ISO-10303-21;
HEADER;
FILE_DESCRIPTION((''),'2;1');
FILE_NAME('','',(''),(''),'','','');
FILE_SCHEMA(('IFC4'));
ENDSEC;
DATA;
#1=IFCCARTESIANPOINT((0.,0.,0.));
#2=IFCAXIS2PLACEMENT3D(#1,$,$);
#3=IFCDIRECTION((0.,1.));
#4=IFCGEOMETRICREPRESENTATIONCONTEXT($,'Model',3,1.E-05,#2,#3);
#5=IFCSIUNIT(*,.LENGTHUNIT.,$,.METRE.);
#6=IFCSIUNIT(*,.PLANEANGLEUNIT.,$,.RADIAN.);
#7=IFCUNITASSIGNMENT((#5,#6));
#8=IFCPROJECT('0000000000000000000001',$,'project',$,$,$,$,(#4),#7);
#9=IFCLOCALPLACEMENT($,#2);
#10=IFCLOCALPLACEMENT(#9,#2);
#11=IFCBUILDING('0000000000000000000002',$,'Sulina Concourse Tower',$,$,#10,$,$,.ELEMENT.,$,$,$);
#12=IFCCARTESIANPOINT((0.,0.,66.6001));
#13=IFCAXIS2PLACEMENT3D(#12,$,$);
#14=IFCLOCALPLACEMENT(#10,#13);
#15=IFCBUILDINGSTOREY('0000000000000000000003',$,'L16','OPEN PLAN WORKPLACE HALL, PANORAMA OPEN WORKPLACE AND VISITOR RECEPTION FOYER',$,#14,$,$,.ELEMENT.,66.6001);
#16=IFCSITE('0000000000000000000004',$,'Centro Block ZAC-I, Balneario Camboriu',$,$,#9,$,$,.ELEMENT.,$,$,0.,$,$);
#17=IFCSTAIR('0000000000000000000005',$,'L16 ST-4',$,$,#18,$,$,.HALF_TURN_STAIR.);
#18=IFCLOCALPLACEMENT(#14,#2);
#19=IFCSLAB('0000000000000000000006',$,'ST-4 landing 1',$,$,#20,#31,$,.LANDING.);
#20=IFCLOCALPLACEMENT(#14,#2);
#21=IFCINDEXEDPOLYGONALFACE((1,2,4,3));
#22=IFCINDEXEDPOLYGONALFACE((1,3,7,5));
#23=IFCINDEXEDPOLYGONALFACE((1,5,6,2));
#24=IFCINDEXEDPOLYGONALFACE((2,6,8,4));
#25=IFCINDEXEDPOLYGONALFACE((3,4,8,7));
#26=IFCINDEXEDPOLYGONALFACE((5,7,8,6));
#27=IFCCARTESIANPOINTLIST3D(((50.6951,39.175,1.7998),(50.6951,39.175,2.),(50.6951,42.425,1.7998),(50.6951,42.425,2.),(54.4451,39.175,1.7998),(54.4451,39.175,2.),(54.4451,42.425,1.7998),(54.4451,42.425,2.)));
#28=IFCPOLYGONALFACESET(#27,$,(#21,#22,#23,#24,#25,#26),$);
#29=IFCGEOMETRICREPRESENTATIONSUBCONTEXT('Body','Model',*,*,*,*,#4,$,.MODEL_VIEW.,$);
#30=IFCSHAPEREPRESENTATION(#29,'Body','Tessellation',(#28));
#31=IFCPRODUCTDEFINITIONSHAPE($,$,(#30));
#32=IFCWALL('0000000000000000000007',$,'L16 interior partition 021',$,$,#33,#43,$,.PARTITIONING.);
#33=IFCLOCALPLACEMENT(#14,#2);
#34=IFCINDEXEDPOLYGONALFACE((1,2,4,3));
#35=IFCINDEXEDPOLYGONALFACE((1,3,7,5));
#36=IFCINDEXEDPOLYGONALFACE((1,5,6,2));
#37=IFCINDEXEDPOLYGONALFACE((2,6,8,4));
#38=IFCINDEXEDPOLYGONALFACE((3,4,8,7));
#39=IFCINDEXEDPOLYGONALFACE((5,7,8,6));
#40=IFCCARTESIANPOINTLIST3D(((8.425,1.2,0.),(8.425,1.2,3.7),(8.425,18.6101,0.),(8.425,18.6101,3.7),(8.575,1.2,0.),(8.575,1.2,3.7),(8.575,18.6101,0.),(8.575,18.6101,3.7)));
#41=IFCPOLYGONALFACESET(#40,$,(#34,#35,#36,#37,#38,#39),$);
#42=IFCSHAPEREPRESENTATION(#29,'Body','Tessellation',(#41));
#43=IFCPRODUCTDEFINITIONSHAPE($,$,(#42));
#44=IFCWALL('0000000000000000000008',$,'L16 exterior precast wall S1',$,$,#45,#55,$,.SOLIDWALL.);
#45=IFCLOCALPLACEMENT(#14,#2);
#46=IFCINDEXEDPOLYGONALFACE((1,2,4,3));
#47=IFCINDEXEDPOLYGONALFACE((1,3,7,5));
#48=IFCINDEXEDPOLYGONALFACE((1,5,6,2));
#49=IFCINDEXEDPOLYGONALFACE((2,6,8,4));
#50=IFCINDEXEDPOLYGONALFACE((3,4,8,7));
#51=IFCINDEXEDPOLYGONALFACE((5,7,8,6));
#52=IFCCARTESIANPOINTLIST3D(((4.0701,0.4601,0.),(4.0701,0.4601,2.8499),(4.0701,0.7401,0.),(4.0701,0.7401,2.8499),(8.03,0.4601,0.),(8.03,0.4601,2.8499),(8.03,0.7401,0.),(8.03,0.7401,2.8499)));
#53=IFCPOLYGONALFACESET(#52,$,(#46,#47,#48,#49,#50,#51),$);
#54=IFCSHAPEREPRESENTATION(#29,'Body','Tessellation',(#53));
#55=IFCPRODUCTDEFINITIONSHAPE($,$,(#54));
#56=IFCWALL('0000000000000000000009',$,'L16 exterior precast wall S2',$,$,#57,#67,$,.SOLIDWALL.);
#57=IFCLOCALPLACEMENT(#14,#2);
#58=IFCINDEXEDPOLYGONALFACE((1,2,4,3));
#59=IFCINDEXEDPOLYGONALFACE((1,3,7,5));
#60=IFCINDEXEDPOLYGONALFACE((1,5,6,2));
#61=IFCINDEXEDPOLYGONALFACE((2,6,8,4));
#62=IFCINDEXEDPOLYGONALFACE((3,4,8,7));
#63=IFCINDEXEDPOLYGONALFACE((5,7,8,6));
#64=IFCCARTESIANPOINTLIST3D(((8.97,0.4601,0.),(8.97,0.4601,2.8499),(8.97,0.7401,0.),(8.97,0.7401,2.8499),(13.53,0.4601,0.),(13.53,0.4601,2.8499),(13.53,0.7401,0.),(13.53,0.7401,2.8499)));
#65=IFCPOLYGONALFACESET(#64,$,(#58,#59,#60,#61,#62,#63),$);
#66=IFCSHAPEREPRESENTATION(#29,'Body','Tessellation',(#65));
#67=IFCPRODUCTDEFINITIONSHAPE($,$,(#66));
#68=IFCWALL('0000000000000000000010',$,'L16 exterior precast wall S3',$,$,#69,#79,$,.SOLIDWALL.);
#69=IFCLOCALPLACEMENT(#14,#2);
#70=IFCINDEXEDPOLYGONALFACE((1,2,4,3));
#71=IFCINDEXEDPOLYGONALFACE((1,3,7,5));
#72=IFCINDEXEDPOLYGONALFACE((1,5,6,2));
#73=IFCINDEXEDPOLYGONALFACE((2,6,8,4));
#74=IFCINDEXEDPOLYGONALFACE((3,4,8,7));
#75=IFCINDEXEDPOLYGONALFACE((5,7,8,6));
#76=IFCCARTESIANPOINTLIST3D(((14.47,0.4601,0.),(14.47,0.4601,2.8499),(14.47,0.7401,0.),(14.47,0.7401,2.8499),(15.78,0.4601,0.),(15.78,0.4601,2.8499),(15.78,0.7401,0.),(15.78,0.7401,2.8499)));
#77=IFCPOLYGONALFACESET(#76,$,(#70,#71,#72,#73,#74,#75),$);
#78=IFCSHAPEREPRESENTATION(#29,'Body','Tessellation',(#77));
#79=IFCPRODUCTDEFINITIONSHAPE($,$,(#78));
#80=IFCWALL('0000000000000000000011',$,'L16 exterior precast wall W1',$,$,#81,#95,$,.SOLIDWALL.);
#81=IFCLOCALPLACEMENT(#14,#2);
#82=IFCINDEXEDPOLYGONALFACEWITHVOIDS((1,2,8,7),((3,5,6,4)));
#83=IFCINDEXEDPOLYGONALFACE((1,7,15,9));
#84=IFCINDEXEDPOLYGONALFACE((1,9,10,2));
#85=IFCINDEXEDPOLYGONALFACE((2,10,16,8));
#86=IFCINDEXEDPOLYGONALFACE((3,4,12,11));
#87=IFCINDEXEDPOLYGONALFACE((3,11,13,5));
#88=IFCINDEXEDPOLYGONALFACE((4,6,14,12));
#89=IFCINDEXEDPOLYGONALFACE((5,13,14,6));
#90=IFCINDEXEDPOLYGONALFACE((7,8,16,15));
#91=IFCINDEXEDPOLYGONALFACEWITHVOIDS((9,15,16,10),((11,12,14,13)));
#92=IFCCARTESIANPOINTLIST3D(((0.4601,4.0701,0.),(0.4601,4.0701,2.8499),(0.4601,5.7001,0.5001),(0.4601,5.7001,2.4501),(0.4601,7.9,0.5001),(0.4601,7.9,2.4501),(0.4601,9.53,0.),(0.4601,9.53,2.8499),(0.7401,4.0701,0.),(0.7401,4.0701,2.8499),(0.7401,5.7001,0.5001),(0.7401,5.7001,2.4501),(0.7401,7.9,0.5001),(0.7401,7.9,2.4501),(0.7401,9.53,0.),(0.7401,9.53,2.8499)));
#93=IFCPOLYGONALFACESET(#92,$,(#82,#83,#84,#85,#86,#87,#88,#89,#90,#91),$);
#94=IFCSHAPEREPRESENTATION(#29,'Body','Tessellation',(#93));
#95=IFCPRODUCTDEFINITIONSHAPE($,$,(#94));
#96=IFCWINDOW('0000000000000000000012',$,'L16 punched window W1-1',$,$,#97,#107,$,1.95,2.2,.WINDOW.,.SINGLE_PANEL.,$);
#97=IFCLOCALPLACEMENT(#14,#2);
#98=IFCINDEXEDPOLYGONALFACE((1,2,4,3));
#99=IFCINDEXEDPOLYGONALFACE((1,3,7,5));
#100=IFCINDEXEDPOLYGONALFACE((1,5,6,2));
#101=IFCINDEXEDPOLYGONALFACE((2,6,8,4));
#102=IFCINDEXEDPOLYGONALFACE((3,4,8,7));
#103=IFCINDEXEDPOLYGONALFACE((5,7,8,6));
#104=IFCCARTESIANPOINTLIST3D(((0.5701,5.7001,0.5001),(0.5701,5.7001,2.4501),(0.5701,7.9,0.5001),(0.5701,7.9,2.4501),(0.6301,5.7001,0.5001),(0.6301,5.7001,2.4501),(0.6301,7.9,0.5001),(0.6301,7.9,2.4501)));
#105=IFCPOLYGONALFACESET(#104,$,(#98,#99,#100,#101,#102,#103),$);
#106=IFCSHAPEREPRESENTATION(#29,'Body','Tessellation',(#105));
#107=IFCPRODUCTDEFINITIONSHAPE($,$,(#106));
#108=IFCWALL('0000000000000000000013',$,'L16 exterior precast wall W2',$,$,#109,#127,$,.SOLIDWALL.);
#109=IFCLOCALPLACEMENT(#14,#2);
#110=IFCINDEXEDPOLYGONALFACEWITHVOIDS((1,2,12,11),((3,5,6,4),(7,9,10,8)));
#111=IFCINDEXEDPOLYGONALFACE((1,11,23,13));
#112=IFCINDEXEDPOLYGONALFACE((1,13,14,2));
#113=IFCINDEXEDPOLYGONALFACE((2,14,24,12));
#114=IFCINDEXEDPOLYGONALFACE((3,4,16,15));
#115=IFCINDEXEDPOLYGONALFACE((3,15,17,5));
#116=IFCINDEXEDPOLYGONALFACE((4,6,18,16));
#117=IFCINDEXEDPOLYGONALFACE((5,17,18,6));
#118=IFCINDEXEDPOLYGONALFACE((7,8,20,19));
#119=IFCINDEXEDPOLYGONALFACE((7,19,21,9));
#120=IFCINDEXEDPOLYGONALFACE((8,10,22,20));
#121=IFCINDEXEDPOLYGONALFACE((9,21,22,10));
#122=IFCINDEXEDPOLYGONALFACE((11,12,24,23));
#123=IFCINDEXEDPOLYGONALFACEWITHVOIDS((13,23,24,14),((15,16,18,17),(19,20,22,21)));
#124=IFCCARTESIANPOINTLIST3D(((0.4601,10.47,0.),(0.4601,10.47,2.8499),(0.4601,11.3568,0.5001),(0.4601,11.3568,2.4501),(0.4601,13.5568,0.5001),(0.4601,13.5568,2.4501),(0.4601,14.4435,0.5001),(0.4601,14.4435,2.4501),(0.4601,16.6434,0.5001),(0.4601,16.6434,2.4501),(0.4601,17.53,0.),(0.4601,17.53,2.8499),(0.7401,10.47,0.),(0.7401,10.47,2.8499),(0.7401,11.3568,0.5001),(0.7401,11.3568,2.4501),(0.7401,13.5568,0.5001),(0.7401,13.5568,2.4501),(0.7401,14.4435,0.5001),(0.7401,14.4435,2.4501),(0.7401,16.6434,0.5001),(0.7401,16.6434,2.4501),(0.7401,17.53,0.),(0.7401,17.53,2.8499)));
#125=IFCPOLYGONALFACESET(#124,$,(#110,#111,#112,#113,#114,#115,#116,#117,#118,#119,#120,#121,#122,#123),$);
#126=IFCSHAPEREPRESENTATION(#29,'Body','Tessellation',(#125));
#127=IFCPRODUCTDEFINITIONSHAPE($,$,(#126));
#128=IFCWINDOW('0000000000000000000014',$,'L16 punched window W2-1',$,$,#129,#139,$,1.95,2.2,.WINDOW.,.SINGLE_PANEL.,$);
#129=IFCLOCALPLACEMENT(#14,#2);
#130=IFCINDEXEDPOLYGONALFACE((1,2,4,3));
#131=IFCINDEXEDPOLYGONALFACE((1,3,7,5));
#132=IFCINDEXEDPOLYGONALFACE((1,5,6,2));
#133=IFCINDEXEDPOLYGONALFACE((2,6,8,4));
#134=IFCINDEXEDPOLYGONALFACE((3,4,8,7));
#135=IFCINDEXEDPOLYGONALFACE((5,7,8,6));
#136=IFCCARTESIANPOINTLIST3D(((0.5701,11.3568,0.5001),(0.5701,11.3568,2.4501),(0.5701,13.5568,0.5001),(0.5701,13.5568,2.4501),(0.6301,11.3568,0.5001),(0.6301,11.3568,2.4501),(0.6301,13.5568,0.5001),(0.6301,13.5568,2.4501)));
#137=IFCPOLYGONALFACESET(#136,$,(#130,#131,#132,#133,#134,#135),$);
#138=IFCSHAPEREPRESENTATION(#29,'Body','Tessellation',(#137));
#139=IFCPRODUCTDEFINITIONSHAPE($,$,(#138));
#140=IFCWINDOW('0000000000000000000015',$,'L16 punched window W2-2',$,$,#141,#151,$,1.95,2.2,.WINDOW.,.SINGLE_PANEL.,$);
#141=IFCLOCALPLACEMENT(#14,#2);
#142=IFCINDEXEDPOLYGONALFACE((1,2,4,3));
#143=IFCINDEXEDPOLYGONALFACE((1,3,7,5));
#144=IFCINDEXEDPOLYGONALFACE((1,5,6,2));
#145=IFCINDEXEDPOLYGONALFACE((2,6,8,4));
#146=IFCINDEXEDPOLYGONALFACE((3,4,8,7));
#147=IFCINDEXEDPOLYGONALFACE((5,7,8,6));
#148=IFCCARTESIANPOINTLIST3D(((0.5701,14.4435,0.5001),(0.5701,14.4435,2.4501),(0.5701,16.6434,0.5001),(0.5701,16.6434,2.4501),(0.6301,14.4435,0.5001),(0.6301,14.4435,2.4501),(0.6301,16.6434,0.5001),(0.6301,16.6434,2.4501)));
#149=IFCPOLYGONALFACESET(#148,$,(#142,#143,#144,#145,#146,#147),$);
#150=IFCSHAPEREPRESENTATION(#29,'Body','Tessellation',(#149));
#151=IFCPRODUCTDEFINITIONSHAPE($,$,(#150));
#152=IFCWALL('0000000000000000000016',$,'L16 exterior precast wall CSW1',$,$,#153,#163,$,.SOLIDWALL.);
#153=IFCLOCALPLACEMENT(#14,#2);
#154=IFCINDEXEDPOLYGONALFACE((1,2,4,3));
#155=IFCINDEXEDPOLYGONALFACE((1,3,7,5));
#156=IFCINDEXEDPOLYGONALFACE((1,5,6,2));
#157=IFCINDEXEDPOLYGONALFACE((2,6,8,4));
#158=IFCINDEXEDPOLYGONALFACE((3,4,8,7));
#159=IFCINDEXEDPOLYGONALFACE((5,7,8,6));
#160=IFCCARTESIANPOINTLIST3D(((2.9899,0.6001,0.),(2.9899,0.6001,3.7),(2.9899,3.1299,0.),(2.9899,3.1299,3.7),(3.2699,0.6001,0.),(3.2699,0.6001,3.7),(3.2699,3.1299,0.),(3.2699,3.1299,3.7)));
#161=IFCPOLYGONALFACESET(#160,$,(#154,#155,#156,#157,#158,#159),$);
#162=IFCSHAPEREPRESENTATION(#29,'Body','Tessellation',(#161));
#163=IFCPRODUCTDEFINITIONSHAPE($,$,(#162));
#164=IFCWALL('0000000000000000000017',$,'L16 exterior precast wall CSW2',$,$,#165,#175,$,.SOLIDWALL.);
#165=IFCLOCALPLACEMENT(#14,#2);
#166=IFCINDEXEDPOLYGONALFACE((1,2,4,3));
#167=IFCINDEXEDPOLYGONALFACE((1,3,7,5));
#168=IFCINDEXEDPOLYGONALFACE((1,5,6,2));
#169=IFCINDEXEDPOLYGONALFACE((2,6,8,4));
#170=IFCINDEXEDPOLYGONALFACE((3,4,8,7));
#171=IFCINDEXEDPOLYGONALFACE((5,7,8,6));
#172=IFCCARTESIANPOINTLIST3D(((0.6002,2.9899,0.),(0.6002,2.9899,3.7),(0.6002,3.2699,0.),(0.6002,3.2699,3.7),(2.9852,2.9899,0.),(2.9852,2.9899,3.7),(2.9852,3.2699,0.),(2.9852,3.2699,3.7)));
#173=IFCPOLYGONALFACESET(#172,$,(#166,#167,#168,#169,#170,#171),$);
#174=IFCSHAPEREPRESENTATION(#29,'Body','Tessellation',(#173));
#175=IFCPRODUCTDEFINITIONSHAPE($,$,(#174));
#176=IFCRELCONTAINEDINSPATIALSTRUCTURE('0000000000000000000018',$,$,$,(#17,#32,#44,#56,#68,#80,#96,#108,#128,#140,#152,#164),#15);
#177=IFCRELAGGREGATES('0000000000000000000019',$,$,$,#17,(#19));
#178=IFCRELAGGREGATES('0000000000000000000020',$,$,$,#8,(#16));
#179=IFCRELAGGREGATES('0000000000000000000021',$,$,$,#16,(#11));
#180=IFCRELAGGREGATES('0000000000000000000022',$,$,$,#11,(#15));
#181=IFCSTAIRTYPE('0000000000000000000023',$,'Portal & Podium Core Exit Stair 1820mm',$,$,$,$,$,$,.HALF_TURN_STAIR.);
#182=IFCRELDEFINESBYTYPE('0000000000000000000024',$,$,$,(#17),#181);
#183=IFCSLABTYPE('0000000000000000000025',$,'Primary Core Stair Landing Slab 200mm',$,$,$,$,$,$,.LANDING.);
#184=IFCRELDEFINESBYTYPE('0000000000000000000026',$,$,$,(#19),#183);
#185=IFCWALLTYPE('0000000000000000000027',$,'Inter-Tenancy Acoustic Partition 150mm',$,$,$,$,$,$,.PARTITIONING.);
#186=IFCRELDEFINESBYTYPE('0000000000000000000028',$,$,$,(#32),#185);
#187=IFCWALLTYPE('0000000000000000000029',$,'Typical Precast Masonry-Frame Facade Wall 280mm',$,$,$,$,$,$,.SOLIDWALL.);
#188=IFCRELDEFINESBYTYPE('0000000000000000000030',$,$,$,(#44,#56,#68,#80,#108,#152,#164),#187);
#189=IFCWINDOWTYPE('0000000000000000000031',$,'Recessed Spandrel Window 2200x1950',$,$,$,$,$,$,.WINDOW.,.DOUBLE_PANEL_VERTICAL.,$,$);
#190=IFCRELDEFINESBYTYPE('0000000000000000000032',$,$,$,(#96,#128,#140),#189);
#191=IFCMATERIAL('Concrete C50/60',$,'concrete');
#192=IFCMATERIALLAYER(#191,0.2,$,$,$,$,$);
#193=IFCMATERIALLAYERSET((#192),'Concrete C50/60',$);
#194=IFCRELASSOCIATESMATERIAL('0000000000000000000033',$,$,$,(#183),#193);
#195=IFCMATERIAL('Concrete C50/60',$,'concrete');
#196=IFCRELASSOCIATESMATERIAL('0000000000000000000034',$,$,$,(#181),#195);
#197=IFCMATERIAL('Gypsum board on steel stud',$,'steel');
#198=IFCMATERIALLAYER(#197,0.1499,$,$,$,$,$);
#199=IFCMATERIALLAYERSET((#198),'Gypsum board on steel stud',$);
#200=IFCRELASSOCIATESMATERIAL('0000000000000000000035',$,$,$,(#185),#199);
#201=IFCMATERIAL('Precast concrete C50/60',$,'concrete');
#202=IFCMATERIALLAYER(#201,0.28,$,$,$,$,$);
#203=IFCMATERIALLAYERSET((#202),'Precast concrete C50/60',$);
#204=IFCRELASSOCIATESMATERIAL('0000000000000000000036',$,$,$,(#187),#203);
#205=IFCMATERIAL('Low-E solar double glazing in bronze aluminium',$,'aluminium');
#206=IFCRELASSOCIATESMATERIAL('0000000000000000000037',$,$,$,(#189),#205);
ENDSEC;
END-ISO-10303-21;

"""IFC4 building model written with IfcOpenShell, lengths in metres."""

from ifc_helpers import new_model, si_unit, direction, frame, frame_2d, origin, place, context, subcontext, project, spatial, polyline, rectangle, outline, extrude, material, layer, layer_set, type_object, element, fill, aggregate, save


model = new_model("IFC4")

# Units and contexts
model_context = context("Model", 3, precision=1e-05, world=origin(), true_north=direction((0.0, 1.0)))
body_context = subcontext(model_context, "Body", "Model", "MODEL_VIEW")
ifc_project = project(units=[si_unit("LENGTHUNIT", "METRE"), si_unit("PLANEANGLEUNIT", "RADIAN")], contexts=[model_context])

# Site, building, storey
site_placement = place(None, origin())
site = spatial("IfcSite", under=ifc_project, at=site_placement, Name="Centro Block ZAC-I, Balneario Camboriu", CompositionType="ELEMENT", RefElevation=0.0)
building_placement = place(site_placement, origin())
building = spatial("IfcBuilding", under=site, at=building_placement, Name="Sulina Concourse Tower", CompositionType="ELEMENT")
storey_placement = place(building_placement, frame((0.0, 0.0, 66.6001)))
storey = spatial("IfcBuildingStorey", under=building, at=storey_placement, Name="L16", Description="OPEN PLAN WORKPLACE HALL, PANORAMA OPEN WORKPLACE AND VISITOR RECEPTION FOYER", CompositionType="ELEMENT", Elevation=66.6001)

# Shared definitions
ifc_material_1 = material(Name="Concrete C50/60", Category="concrete")
ifc_layer_1 = layer(ifc_material_1, 0.2)
ifc_layer_set_1 = layer_set([ifc_layer_1], Name="Concrete C50/60")
slab_type_1 = type_object("IfcSlabType", Name="Primary Core Stair Landing Slab 200mm", PredefinedType="LANDING", material=ifc_layer_set_1)

# Stair, slab
ifc_material_2 = material(Name="Concrete C50/60", Category="concrete")
stair_type_1 = type_object("IfcStairType", Name="Portal & Podium Core Exit Stair 1820mm", PredefinedType="HALF_TURN_STAIR", material=ifc_material_2)
stair_1_placement = place(storey_placement, origin())
stair_1 = element("IfcStair", 1, at=stair_1_placement, inside=storey, type_object=stair_type_1, Name="L16 ST-4", PredefinedType="HALF_TURN_STAIR")
slab_1_placement = place(storey_placement, frame((0.0, 0.0, 1.7998)))
slab_1 = element("IfcSlab", 2, at=slab_1_placement, type_object=slab_type_1, Name="ST-4 landing 1", PredefinedType="LANDING", context=body_context, shape_type="SweptSolid", body=[
    extrude(outline(polyline([(54.4451, 39.175), (54.4451, 42.425), (50.6951, 42.425), (50.6951, 39.175), (54.4451, 39.175)])), origin(), (0.0, 0.0, 1.0), 0.2002),
])
aggregate(stair_1, [slab_1])

# Walls
ifc_material_3 = material(Name="Gypsum board on steel stud", Category="steel")
ifc_layer_2 = layer(ifc_material_3, 0.1499)
ifc_layer_set_2 = layer_set([ifc_layer_2], Name="Gypsum board on steel stud")
wall_type_1 = type_object("IfcWallType", Name="Inter-Tenancy Acoustic Partition 150mm", PredefinedType="PARTITIONING", material=ifc_layer_set_2)
wall_1_placement = place(storey_placement, frame((8.5, 1.2, 0.0), z_axis=(0.0, 0.0, 1.0), x_axis=(0.0, 1.0, 0.0)))
element("IfcWall", 3, at=wall_1_placement, inside=storey, type_object=wall_type_1, Name="L16 interior partition 021", PredefinedType="PARTITIONING", context=body_context, shape_type="SweptSolid", body=[
    extrude(rectangle(XDim=17.4102, YDim=0.1499, at=frame_2d((8.7051, 0.0))), origin(), (0.0, 0.0, 1.0), 3.7),
])
ifc_material_4 = material(Name="Precast concrete C50/60", Category="concrete")
ifc_layer_3 = layer(ifc_material_4, 0.28)
ifc_layer_set_3 = layer_set([ifc_layer_3], Name="Precast concrete C50/60")
wall_type_2 = type_object("IfcWallType", Name="Typical Precast Masonry-Frame Facade Wall 280mm", PredefinedType="SOLIDWALL", material=ifc_layer_set_3)
wall_2_placement = place(storey_placement, frame((8.03, 0.6001, 0.0), z_axis=(0.0, 0.0, 1.0), x_axis=(-1.0, 0.0, 0.0)))
element("IfcWall", 4, at=wall_2_placement, inside=storey, type_object=wall_type_2, Name="L16 exterior precast wall S1", PredefinedType="SOLIDWALL", context=body_context, shape_type="SweptSolid", body=[
    extrude(rectangle(XDim=3.96, YDim=0.28, at=frame_2d((1.98, 0.0))), origin(), (0.0, 0.0, 1.0), 2.8499),
])
wall_3_placement = place(storey_placement, frame((13.53, 0.6001, 0.0), z_axis=(0.0, 0.0, 1.0), x_axis=(-1.0, 0.0, 0.0)))
element("IfcWall", 5, at=wall_3_placement, inside=storey, type_object=wall_type_2, Name="L16 exterior precast wall S2", PredefinedType="SOLIDWALL", context=body_context, shape_type="SweptSolid", body=[
    extrude(rectangle(XDim=4.5601, YDim=0.28, at=frame_2d((2.28, 0.0))), origin(), (0.0, 0.0, 1.0), 2.8499),
])
wall_4_placement = place(storey_placement, frame((15.78, 0.6001, 0.0), z_axis=(0.0, 0.0, 1.0), x_axis=(-1.0, 0.0, 0.0)))
element("IfcWall", 6, at=wall_4_placement, inside=storey, type_object=wall_type_2, Name="L16 exterior precast wall S3", PredefinedType="SOLIDWALL", context=body_context, shape_type="SweptSolid", body=[
    extrude(rectangle(XDim=1.3101, YDim=0.28, at=frame_2d((0.655, 0.0))), origin(), (0.0, 0.0, 1.0), 2.8499),
])

# Wall, opening, window
wall_5_placement = place(storey_placement, frame((0.6001, 4.0701, 0.0), z_axis=(0.0, 0.0, 1.0), x_axis=(0.0, 1.0, 0.0)))
wall_5 = element("IfcWall", 7, at=wall_5_placement, inside=storey, type_object=wall_type_2, Name="L16 exterior precast wall W1", PredefinedType="SOLIDWALL", context=body_context, shape_type="SweptSolid", body=[
    extrude(rectangle(XDim=5.46, YDim=0.28, at=frame_2d((2.73, 0.0))), origin(), (0.0, 0.0, 1.0), 2.8499),
])
opening_1_placement = place(wall_5_placement, frame((1.6299, 0.0, 0.5)))
opening_1 = element("IfcOpeningElement", 8, at=opening_1_placement, cuts=wall_5, PredefinedType="OPENING", context=body_context, shape_type="SweptSolid", body=[
    extrude(rectangle(XDim=2.2, YDim=1.95, at=frame_2d((1.1001, 0.9751))), frame((0.0, 0.1499, 0.0), z_axis=(0.0, -1.0, 0.0), x_axis=(1.0, 0.0, 0.0)), (0.0, 0.0, 1.0), 0.3),
])
ifc_material_5 = material(Name="Low-E solar double glazing in bronze aluminium", Category="aluminium")
window_type = type_object("IfcWindowType", Name="Recessed Spandrel Window 2200x1950", PartitioningType="DOUBLE_PANEL_VERTICAL", PredefinedType="WINDOW", material=ifc_material_5)
window_1_placement = place(opening_1_placement, origin())
window_1 = element("IfcWindow", 9, at=window_1_placement, inside=storey, type_object=window_type, Name="L16 punched window W1-1", OverallHeight=1.95, OverallWidth=2.2, PartitioningType="SINGLE_PANEL", PredefinedType="WINDOW", context=body_context, shape_type="SweptSolid", body=[
    extrude(rectangle(XDim=2.2, YDim=1.95, at=frame_2d((1.1001, 0.9751))), frame((0.0, 0.03, 0.0), z_axis=(0.0, -1.0, 0.0), x_axis=(1.0, 0.0, 0.0)), (0.0, 0.0, 1.0), 0.0601),
])
fill(opening_1, window_1)

# Wall, openings, windows
wall_6_placement = place(storey_placement, frame((0.6001, 10.47, 0.0), z_axis=(0.0, 0.0, 1.0), x_axis=(0.0, 1.0, 0.0)))
wall_6 = element("IfcWall", 10, at=wall_6_placement, inside=storey, type_object=wall_type_2, Name="L16 exterior precast wall W2", PredefinedType="SOLIDWALL", context=body_context, shape_type="SweptSolid", body=[
    extrude(rectangle(XDim=7.0601, YDim=0.28, at=frame_2d((3.53, 0.0))), origin(), (0.0, 0.0, 1.0), 2.8499),
])
opening_2_placement = place(wall_6_placement, frame((0.8867, 0.0, 0.5)))
opening_2 = element("IfcOpeningElement", 11, at=opening_2_placement, cuts=wall_6, PredefinedType="OPENING", context=body_context, shape_type="SweptSolid", body=[
    extrude(rectangle(XDim=2.2, YDim=1.95, at=frame_2d((1.1001, 0.9751))), frame((0.0, 0.1499, 0.0), z_axis=(0.0, -1.0, 0.0), x_axis=(1.0, 0.0, 0.0)), (0.0, 0.0, 1.0), 0.3),
])
opening_3_placement = place(wall_6_placement, frame((3.9734, 0.0, 0.5)))
opening_3 = element("IfcOpeningElement", 12, at=opening_3_placement, cuts=wall_6, PredefinedType="OPENING", context=body_context, shape_type="SweptSolid", body=[
    extrude(rectangle(XDim=2.2, YDim=1.95, at=frame_2d((1.1001, 0.9751))), frame((0.0, 0.1499, 0.0), z_axis=(0.0, -1.0, 0.0), x_axis=(1.0, 0.0, 0.0)), (0.0, 0.0, 1.0), 0.3),
])
window_2_placement = place(opening_2_placement, origin())
window_2 = element("IfcWindow", 13, at=window_2_placement, inside=storey, type_object=window_type, Name="L16 punched window W2-1", OverallHeight=1.95, OverallWidth=2.2, PartitioningType="SINGLE_PANEL", PredefinedType="WINDOW", context=body_context, shape_type="SweptSolid", body=[
    extrude(rectangle(XDim=2.2, YDim=1.95, at=frame_2d((1.1001, 0.9751))), frame((0.0, 0.03, 0.0), z_axis=(0.0, -1.0, 0.0), x_axis=(1.0, 0.0, 0.0)), (0.0, 0.0, 1.0), 0.0601),
])
fill(opening_2, window_2)
window_3_placement = place(opening_3_placement, origin())
window_3 = element("IfcWindow", 14, at=window_3_placement, inside=storey, type_object=window_type, Name="L16 punched window W2-2", OverallHeight=1.95, OverallWidth=2.2, PartitioningType="SINGLE_PANEL", PredefinedType="WINDOW", context=body_context, shape_type="SweptSolid", body=[
    extrude(rectangle(XDim=2.2, YDim=1.95, at=frame_2d((1.1001, 0.9751))), frame((0.0, 0.03, 0.0), z_axis=(0.0, -1.0, 0.0), x_axis=(1.0, 0.0, 0.0)), (0.0, 0.0, 1.0), 0.0601),
])
fill(opening_3, window_3)

# Walls
wall_7_placement = place(storey_placement, frame((3.1299, 0.6001, 0.0), z_axis=(0.0, 0.0, 1.0), x_axis=(0.0, 1.0, 0.0)))
element("IfcWall", 15, at=wall_7_placement, inside=storey, type_object=wall_type_2, Name="L16 exterior precast wall CSW1", PredefinedType="SOLIDWALL", context=body_context, shape_type="SweptSolid", body=[
    extrude(rectangle(XDim=2.5298, YDim=0.28, at=frame_2d((1.2649, 0.0))), origin(), (0.0, 0.0, 1.0), 3.7),
])
wall_8_placement = place(storey_placement, frame((2.9851, 3.1299, 0.0), z_axis=(0.0, 0.0, 1.0), x_axis=(-1.0, 0.0, 0.0)))
element("IfcWall", 16, at=wall_8_placement, inside=storey, type_object=wall_type_2, Name="L16 exterior precast wall CSW2", PredefinedType="SOLIDWALL", context=body_context, shape_type="SweptSolid", body=[
    extrude(rectangle(XDim=2.385, YDim=0.28, at=frame_2d((1.1924, 0.0))), origin(), (0.0, 0.0, 1.0), 3.7),
])

save(model, "model.ifc")
